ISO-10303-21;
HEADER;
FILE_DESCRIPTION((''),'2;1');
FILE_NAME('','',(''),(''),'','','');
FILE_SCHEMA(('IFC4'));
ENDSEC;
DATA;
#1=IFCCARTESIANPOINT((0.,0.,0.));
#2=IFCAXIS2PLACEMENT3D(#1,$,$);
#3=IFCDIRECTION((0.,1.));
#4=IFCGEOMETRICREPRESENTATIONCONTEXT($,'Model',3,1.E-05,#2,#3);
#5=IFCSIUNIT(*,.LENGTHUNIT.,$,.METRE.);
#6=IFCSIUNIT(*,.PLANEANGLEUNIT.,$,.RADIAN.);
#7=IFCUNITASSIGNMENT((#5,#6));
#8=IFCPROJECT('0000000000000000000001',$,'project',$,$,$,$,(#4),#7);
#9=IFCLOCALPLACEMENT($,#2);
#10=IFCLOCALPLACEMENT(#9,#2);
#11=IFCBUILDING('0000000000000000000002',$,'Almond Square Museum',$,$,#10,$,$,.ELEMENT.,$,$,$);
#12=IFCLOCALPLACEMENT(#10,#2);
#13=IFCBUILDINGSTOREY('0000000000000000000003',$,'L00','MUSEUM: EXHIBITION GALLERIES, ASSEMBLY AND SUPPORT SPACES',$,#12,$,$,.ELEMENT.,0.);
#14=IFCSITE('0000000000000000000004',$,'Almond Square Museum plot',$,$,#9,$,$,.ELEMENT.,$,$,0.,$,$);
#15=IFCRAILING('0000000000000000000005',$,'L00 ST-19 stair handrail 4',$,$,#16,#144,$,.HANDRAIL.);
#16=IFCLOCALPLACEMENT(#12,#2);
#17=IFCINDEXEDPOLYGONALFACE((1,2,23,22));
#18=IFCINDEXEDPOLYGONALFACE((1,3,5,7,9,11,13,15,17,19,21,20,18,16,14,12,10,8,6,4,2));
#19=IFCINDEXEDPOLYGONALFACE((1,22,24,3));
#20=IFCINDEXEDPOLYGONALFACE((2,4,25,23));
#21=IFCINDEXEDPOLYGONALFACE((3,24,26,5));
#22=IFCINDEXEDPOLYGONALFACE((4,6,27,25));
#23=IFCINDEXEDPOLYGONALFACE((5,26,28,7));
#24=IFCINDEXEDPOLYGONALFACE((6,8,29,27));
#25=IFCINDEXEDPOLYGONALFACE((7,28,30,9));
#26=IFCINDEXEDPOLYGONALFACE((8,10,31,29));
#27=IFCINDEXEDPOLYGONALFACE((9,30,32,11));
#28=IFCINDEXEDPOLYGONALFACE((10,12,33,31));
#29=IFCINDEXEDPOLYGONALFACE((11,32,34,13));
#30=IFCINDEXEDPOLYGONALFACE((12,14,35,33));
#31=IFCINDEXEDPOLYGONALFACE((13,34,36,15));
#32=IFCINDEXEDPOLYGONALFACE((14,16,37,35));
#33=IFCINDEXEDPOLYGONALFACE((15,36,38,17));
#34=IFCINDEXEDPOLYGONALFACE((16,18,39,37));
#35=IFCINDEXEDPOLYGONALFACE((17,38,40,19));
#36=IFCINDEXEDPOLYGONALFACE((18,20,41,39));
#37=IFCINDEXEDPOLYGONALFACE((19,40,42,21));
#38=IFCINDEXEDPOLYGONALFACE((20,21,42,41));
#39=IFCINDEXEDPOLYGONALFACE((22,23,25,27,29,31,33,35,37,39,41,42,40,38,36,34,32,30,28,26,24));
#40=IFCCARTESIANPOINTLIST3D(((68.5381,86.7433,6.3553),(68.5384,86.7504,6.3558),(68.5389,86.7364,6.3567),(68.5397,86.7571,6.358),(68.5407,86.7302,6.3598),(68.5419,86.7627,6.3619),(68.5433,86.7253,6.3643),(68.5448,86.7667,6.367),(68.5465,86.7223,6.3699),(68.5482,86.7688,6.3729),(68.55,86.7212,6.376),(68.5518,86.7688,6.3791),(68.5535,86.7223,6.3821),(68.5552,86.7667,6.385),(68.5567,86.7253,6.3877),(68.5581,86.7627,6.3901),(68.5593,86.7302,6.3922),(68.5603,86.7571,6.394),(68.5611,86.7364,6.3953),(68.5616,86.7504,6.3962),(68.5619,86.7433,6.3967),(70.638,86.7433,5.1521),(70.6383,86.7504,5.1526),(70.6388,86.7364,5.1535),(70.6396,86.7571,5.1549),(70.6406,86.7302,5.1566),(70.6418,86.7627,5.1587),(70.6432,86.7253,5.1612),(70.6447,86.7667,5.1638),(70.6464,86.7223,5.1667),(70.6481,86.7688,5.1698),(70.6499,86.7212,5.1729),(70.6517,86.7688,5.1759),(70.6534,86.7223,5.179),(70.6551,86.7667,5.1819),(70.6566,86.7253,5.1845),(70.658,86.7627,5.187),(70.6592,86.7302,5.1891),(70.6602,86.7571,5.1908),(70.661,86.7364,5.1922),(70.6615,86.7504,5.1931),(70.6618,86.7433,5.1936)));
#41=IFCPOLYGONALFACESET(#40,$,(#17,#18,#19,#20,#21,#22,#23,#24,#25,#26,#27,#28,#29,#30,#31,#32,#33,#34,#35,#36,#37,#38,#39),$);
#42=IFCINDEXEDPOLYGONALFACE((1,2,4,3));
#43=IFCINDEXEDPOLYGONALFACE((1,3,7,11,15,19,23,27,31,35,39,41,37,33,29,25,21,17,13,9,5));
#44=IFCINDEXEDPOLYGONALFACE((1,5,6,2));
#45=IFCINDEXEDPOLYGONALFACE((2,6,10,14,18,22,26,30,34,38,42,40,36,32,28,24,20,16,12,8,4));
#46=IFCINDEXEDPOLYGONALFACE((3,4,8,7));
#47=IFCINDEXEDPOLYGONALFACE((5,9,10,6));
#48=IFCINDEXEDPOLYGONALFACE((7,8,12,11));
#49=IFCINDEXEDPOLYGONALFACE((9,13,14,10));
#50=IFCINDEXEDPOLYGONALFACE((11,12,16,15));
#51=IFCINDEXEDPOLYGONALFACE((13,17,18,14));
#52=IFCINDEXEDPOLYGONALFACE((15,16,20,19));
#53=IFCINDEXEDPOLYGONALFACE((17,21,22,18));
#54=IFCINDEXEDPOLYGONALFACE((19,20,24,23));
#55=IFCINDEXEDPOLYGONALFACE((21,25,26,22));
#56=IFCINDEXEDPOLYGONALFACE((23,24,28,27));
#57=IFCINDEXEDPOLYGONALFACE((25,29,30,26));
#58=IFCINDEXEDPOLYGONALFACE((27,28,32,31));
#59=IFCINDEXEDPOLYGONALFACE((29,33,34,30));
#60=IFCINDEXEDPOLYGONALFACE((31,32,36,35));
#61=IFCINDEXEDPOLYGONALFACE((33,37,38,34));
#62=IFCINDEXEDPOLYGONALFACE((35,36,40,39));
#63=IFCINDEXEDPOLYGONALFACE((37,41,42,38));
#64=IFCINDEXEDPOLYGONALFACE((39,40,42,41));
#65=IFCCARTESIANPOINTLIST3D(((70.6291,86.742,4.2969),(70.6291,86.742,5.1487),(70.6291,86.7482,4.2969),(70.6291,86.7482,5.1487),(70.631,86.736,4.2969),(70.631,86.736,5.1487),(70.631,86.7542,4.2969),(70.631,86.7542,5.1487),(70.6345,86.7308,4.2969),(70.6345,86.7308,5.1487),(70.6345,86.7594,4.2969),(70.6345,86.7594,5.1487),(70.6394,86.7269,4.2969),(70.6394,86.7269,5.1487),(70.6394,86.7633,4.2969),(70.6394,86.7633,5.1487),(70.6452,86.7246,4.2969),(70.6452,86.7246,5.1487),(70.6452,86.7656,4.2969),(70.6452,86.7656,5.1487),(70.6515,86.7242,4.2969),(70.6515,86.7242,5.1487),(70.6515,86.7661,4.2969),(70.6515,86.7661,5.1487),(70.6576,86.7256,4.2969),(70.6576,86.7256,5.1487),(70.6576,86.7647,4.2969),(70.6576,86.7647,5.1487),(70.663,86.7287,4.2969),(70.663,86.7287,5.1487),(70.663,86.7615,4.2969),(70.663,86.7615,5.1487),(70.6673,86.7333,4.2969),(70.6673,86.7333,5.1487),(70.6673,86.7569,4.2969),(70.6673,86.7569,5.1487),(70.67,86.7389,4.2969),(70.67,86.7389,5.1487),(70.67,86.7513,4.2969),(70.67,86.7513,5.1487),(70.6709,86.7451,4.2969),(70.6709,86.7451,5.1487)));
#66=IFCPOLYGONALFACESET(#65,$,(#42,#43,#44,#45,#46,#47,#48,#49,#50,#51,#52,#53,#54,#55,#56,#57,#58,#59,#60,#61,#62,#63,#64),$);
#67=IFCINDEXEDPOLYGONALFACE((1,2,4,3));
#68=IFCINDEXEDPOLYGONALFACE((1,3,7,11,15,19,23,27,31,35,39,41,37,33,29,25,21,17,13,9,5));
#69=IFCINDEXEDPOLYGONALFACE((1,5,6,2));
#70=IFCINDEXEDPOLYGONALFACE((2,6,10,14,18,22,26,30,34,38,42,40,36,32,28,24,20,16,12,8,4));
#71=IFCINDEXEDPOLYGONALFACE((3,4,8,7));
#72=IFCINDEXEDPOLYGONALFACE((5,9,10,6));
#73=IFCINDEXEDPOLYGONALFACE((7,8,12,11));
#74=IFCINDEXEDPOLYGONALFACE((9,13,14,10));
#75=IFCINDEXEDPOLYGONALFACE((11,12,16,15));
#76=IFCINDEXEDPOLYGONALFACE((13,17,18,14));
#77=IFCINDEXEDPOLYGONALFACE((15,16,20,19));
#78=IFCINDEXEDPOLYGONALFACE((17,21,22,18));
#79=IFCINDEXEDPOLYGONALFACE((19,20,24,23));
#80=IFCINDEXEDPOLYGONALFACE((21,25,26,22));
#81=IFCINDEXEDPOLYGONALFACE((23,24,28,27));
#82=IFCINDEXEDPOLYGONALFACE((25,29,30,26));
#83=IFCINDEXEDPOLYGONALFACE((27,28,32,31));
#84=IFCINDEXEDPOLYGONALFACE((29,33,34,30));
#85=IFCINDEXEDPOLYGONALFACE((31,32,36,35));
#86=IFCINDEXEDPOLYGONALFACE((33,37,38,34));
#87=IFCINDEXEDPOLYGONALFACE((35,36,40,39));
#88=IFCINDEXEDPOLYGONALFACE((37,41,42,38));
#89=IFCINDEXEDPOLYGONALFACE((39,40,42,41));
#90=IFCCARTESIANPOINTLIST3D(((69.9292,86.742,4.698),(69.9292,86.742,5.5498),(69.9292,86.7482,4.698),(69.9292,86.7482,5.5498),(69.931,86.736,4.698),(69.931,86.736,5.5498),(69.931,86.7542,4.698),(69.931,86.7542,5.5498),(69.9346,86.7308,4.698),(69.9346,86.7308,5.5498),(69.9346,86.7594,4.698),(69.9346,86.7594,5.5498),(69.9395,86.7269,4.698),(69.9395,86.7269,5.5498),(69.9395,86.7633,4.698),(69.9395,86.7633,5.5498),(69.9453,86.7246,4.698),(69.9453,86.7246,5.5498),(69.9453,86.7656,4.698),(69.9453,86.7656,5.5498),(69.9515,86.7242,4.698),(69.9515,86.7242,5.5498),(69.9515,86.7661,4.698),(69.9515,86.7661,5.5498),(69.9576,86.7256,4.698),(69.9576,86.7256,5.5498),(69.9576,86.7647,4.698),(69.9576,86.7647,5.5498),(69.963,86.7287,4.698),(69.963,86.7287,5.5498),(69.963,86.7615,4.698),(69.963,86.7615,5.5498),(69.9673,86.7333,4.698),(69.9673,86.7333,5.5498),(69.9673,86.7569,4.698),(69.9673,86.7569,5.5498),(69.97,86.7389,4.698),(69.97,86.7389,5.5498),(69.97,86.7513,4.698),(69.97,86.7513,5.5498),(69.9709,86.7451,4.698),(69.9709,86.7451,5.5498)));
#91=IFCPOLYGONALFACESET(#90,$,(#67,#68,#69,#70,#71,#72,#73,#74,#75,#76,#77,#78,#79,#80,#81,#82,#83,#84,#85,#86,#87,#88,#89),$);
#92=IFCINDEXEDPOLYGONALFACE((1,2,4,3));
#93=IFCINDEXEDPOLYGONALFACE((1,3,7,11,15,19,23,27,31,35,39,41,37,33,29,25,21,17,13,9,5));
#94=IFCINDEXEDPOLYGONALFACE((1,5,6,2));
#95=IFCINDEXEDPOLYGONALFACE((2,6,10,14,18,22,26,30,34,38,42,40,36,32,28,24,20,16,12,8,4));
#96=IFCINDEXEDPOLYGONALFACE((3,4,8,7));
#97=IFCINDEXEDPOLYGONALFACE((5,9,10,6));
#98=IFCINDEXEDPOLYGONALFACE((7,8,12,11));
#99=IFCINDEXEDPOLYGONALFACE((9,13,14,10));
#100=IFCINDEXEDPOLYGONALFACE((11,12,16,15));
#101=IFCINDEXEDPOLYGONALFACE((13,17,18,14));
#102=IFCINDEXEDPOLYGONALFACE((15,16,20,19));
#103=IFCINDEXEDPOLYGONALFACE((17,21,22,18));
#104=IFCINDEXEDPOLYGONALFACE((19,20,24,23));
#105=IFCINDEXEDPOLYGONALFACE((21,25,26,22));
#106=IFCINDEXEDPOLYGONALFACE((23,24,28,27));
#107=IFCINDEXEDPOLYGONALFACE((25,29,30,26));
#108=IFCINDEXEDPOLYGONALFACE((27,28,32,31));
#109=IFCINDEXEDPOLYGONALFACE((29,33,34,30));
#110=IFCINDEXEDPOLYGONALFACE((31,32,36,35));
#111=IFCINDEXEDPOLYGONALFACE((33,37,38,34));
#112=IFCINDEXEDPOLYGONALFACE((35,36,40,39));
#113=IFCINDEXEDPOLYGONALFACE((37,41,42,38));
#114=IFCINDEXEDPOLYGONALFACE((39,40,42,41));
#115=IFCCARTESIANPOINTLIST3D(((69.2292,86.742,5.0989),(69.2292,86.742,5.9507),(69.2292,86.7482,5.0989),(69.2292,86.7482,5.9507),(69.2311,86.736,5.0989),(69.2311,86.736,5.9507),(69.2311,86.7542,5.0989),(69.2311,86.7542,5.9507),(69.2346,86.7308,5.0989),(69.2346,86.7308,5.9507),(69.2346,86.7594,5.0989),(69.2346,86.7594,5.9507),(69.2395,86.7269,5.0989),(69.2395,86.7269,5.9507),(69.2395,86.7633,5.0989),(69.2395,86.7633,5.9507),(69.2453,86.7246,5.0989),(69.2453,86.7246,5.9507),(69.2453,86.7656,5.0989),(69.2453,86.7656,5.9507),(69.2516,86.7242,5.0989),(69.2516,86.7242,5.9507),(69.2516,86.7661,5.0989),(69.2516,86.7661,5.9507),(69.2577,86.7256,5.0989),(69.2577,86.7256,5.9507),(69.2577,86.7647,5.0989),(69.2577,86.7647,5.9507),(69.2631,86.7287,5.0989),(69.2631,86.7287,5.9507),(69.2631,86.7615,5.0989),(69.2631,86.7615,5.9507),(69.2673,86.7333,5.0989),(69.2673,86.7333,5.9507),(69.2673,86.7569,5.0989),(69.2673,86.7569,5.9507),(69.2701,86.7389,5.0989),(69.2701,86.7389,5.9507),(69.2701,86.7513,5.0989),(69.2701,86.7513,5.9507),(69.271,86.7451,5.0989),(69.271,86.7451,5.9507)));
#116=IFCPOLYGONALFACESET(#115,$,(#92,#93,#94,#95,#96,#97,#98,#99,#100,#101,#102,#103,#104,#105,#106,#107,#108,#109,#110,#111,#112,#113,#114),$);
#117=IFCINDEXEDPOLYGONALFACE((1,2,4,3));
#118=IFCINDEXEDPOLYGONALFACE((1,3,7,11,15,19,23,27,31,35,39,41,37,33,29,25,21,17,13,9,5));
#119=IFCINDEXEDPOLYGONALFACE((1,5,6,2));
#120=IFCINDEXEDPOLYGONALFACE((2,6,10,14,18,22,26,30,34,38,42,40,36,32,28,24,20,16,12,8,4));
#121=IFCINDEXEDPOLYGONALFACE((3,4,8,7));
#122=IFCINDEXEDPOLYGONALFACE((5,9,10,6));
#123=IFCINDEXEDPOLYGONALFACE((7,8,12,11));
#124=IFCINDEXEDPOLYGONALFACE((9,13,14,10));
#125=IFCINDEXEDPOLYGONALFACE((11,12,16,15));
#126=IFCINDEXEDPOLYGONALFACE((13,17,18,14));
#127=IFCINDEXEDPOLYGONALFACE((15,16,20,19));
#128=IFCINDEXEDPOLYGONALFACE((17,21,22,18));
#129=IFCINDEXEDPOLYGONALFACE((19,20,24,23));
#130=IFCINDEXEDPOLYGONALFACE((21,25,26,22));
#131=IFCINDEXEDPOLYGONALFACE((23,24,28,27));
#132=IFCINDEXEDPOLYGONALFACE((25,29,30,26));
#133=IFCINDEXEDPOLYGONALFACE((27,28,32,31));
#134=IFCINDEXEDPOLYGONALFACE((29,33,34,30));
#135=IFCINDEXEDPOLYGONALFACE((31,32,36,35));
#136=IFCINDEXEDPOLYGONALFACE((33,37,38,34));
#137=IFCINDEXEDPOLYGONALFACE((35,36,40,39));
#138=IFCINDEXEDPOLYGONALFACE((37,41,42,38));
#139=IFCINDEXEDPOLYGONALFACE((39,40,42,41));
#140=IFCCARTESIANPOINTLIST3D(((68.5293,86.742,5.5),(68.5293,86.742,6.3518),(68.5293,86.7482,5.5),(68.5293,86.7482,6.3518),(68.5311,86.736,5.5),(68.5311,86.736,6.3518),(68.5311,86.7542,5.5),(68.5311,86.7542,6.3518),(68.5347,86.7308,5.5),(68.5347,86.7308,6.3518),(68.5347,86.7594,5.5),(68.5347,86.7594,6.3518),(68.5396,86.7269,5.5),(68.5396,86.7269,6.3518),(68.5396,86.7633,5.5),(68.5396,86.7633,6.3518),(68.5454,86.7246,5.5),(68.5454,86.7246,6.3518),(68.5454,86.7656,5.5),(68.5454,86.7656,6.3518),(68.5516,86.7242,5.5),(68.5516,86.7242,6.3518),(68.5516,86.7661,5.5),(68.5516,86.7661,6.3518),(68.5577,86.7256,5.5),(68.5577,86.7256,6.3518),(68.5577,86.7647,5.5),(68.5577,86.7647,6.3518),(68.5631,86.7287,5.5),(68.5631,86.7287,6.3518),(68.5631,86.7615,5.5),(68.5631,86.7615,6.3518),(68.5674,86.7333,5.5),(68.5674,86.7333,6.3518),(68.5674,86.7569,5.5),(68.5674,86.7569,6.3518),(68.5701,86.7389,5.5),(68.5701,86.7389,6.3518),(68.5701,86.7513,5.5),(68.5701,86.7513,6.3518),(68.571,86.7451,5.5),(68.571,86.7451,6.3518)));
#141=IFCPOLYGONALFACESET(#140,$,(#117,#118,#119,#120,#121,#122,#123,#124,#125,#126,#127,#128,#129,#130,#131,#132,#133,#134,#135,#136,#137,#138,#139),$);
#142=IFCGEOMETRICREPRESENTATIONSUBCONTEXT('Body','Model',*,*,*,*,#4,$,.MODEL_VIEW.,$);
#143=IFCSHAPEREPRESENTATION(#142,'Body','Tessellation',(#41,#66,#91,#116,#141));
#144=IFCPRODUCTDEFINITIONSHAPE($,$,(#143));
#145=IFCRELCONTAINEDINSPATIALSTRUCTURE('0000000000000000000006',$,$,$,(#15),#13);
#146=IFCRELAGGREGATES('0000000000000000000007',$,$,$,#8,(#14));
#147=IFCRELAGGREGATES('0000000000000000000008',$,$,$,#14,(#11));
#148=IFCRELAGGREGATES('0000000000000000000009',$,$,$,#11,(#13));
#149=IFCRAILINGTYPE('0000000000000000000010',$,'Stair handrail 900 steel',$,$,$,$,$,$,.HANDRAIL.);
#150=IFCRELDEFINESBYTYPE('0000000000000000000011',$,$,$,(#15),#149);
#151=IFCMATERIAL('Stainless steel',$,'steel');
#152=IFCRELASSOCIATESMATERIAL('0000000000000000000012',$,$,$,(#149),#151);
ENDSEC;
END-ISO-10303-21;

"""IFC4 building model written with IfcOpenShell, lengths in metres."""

from ifc_helpers import new_model, si_unit, direction, frame, origin, origin_2d, place, context, subcontext, project, spatial, circle, extrude, material, type_object, element, save


model = new_model("IFC4")

# Units and contexts
model_context = context("Model", 3, precision=1e-05, world=origin(), true_north=direction((0.0, 1.0)))
body_context = subcontext(model_context, "Body", "Model", "MODEL_VIEW")
ifc_project = project(units=[si_unit("LENGTHUNIT", "METRE"), si_unit("PLANEANGLEUNIT", "RADIAN")], contexts=[model_context])

# Site, building, storey
site_placement = place(None, origin())
site = spatial("IfcSite", under=ifc_project, at=site_placement, Name="Almond Square Museum plot", CompositionType="ELEMENT", RefElevation=0.0)
building_placement = place(site_placement, origin())
building = spatial("IfcBuilding", under=site, at=building_placement, Name="Almond Square Museum", CompositionType="ELEMENT")
storey_placement = place(building_placement, origin())
storey = spatial("IfcBuildingStorey", under=building, at=storey_placement, Name="L00", Description="MUSEUM: EXHIBITION GALLERIES, ASSEMBLY AND SUPPORT SPACES", CompositionType="ELEMENT", Elevation=0.0)

# Railing
ifc_material_1 = material(Name="Stainless steel", Category="steel")
railing_type_1 = type_object("IfcRailingType", Name="Stair handrail 900 steel", PredefinedType="HANDRAIL", material=ifc_material_1)
for number, where, name in (
    (1, (70.6499, 86.7451, 4.2969), "L00 ST-19 stair handrail 4"),
):
    element("IfcRailing", number, at=place(storey_placement, frame(where)), inside=storey, type_object=railing_type_1, Name=name, PredefinedType="HANDRAIL", context=body_context, shape_type="SweptSolid", body=[
        extrude(circle(Radius=0.0239, at=origin_2d()), frame((0.0, 0.0, 0.876), z_axis=(-0.867671, 0.0, 0.497138), x_axis=(0.0, -1.0, 0.0)), (0.0, 0.0, 1.0), 2.4202),
        extrude(circle(Radius=0.021, at=origin_2d()), origin(), (0.0, 0.0, 1.0), 0.8518),
        extrude(circle(Radius=0.021, at=origin_2d()), frame((-0.7, 0.0, 0.4011)), (0.0, 0.0, 1.0), 0.8518),
        extrude(circle(Radius=0.021, at=origin_2d()), frame((-1.3999, 0.0, 0.802)), (0.0, 0.0, 1.0), 0.8518),
        extrude(circle(Radius=0.021, at=origin_2d()), frame((-2.0999, 0.0, 1.2031)), (0.0, 0.0, 1.0), 0.8518),
    ])

save(model, "model.ifc")
